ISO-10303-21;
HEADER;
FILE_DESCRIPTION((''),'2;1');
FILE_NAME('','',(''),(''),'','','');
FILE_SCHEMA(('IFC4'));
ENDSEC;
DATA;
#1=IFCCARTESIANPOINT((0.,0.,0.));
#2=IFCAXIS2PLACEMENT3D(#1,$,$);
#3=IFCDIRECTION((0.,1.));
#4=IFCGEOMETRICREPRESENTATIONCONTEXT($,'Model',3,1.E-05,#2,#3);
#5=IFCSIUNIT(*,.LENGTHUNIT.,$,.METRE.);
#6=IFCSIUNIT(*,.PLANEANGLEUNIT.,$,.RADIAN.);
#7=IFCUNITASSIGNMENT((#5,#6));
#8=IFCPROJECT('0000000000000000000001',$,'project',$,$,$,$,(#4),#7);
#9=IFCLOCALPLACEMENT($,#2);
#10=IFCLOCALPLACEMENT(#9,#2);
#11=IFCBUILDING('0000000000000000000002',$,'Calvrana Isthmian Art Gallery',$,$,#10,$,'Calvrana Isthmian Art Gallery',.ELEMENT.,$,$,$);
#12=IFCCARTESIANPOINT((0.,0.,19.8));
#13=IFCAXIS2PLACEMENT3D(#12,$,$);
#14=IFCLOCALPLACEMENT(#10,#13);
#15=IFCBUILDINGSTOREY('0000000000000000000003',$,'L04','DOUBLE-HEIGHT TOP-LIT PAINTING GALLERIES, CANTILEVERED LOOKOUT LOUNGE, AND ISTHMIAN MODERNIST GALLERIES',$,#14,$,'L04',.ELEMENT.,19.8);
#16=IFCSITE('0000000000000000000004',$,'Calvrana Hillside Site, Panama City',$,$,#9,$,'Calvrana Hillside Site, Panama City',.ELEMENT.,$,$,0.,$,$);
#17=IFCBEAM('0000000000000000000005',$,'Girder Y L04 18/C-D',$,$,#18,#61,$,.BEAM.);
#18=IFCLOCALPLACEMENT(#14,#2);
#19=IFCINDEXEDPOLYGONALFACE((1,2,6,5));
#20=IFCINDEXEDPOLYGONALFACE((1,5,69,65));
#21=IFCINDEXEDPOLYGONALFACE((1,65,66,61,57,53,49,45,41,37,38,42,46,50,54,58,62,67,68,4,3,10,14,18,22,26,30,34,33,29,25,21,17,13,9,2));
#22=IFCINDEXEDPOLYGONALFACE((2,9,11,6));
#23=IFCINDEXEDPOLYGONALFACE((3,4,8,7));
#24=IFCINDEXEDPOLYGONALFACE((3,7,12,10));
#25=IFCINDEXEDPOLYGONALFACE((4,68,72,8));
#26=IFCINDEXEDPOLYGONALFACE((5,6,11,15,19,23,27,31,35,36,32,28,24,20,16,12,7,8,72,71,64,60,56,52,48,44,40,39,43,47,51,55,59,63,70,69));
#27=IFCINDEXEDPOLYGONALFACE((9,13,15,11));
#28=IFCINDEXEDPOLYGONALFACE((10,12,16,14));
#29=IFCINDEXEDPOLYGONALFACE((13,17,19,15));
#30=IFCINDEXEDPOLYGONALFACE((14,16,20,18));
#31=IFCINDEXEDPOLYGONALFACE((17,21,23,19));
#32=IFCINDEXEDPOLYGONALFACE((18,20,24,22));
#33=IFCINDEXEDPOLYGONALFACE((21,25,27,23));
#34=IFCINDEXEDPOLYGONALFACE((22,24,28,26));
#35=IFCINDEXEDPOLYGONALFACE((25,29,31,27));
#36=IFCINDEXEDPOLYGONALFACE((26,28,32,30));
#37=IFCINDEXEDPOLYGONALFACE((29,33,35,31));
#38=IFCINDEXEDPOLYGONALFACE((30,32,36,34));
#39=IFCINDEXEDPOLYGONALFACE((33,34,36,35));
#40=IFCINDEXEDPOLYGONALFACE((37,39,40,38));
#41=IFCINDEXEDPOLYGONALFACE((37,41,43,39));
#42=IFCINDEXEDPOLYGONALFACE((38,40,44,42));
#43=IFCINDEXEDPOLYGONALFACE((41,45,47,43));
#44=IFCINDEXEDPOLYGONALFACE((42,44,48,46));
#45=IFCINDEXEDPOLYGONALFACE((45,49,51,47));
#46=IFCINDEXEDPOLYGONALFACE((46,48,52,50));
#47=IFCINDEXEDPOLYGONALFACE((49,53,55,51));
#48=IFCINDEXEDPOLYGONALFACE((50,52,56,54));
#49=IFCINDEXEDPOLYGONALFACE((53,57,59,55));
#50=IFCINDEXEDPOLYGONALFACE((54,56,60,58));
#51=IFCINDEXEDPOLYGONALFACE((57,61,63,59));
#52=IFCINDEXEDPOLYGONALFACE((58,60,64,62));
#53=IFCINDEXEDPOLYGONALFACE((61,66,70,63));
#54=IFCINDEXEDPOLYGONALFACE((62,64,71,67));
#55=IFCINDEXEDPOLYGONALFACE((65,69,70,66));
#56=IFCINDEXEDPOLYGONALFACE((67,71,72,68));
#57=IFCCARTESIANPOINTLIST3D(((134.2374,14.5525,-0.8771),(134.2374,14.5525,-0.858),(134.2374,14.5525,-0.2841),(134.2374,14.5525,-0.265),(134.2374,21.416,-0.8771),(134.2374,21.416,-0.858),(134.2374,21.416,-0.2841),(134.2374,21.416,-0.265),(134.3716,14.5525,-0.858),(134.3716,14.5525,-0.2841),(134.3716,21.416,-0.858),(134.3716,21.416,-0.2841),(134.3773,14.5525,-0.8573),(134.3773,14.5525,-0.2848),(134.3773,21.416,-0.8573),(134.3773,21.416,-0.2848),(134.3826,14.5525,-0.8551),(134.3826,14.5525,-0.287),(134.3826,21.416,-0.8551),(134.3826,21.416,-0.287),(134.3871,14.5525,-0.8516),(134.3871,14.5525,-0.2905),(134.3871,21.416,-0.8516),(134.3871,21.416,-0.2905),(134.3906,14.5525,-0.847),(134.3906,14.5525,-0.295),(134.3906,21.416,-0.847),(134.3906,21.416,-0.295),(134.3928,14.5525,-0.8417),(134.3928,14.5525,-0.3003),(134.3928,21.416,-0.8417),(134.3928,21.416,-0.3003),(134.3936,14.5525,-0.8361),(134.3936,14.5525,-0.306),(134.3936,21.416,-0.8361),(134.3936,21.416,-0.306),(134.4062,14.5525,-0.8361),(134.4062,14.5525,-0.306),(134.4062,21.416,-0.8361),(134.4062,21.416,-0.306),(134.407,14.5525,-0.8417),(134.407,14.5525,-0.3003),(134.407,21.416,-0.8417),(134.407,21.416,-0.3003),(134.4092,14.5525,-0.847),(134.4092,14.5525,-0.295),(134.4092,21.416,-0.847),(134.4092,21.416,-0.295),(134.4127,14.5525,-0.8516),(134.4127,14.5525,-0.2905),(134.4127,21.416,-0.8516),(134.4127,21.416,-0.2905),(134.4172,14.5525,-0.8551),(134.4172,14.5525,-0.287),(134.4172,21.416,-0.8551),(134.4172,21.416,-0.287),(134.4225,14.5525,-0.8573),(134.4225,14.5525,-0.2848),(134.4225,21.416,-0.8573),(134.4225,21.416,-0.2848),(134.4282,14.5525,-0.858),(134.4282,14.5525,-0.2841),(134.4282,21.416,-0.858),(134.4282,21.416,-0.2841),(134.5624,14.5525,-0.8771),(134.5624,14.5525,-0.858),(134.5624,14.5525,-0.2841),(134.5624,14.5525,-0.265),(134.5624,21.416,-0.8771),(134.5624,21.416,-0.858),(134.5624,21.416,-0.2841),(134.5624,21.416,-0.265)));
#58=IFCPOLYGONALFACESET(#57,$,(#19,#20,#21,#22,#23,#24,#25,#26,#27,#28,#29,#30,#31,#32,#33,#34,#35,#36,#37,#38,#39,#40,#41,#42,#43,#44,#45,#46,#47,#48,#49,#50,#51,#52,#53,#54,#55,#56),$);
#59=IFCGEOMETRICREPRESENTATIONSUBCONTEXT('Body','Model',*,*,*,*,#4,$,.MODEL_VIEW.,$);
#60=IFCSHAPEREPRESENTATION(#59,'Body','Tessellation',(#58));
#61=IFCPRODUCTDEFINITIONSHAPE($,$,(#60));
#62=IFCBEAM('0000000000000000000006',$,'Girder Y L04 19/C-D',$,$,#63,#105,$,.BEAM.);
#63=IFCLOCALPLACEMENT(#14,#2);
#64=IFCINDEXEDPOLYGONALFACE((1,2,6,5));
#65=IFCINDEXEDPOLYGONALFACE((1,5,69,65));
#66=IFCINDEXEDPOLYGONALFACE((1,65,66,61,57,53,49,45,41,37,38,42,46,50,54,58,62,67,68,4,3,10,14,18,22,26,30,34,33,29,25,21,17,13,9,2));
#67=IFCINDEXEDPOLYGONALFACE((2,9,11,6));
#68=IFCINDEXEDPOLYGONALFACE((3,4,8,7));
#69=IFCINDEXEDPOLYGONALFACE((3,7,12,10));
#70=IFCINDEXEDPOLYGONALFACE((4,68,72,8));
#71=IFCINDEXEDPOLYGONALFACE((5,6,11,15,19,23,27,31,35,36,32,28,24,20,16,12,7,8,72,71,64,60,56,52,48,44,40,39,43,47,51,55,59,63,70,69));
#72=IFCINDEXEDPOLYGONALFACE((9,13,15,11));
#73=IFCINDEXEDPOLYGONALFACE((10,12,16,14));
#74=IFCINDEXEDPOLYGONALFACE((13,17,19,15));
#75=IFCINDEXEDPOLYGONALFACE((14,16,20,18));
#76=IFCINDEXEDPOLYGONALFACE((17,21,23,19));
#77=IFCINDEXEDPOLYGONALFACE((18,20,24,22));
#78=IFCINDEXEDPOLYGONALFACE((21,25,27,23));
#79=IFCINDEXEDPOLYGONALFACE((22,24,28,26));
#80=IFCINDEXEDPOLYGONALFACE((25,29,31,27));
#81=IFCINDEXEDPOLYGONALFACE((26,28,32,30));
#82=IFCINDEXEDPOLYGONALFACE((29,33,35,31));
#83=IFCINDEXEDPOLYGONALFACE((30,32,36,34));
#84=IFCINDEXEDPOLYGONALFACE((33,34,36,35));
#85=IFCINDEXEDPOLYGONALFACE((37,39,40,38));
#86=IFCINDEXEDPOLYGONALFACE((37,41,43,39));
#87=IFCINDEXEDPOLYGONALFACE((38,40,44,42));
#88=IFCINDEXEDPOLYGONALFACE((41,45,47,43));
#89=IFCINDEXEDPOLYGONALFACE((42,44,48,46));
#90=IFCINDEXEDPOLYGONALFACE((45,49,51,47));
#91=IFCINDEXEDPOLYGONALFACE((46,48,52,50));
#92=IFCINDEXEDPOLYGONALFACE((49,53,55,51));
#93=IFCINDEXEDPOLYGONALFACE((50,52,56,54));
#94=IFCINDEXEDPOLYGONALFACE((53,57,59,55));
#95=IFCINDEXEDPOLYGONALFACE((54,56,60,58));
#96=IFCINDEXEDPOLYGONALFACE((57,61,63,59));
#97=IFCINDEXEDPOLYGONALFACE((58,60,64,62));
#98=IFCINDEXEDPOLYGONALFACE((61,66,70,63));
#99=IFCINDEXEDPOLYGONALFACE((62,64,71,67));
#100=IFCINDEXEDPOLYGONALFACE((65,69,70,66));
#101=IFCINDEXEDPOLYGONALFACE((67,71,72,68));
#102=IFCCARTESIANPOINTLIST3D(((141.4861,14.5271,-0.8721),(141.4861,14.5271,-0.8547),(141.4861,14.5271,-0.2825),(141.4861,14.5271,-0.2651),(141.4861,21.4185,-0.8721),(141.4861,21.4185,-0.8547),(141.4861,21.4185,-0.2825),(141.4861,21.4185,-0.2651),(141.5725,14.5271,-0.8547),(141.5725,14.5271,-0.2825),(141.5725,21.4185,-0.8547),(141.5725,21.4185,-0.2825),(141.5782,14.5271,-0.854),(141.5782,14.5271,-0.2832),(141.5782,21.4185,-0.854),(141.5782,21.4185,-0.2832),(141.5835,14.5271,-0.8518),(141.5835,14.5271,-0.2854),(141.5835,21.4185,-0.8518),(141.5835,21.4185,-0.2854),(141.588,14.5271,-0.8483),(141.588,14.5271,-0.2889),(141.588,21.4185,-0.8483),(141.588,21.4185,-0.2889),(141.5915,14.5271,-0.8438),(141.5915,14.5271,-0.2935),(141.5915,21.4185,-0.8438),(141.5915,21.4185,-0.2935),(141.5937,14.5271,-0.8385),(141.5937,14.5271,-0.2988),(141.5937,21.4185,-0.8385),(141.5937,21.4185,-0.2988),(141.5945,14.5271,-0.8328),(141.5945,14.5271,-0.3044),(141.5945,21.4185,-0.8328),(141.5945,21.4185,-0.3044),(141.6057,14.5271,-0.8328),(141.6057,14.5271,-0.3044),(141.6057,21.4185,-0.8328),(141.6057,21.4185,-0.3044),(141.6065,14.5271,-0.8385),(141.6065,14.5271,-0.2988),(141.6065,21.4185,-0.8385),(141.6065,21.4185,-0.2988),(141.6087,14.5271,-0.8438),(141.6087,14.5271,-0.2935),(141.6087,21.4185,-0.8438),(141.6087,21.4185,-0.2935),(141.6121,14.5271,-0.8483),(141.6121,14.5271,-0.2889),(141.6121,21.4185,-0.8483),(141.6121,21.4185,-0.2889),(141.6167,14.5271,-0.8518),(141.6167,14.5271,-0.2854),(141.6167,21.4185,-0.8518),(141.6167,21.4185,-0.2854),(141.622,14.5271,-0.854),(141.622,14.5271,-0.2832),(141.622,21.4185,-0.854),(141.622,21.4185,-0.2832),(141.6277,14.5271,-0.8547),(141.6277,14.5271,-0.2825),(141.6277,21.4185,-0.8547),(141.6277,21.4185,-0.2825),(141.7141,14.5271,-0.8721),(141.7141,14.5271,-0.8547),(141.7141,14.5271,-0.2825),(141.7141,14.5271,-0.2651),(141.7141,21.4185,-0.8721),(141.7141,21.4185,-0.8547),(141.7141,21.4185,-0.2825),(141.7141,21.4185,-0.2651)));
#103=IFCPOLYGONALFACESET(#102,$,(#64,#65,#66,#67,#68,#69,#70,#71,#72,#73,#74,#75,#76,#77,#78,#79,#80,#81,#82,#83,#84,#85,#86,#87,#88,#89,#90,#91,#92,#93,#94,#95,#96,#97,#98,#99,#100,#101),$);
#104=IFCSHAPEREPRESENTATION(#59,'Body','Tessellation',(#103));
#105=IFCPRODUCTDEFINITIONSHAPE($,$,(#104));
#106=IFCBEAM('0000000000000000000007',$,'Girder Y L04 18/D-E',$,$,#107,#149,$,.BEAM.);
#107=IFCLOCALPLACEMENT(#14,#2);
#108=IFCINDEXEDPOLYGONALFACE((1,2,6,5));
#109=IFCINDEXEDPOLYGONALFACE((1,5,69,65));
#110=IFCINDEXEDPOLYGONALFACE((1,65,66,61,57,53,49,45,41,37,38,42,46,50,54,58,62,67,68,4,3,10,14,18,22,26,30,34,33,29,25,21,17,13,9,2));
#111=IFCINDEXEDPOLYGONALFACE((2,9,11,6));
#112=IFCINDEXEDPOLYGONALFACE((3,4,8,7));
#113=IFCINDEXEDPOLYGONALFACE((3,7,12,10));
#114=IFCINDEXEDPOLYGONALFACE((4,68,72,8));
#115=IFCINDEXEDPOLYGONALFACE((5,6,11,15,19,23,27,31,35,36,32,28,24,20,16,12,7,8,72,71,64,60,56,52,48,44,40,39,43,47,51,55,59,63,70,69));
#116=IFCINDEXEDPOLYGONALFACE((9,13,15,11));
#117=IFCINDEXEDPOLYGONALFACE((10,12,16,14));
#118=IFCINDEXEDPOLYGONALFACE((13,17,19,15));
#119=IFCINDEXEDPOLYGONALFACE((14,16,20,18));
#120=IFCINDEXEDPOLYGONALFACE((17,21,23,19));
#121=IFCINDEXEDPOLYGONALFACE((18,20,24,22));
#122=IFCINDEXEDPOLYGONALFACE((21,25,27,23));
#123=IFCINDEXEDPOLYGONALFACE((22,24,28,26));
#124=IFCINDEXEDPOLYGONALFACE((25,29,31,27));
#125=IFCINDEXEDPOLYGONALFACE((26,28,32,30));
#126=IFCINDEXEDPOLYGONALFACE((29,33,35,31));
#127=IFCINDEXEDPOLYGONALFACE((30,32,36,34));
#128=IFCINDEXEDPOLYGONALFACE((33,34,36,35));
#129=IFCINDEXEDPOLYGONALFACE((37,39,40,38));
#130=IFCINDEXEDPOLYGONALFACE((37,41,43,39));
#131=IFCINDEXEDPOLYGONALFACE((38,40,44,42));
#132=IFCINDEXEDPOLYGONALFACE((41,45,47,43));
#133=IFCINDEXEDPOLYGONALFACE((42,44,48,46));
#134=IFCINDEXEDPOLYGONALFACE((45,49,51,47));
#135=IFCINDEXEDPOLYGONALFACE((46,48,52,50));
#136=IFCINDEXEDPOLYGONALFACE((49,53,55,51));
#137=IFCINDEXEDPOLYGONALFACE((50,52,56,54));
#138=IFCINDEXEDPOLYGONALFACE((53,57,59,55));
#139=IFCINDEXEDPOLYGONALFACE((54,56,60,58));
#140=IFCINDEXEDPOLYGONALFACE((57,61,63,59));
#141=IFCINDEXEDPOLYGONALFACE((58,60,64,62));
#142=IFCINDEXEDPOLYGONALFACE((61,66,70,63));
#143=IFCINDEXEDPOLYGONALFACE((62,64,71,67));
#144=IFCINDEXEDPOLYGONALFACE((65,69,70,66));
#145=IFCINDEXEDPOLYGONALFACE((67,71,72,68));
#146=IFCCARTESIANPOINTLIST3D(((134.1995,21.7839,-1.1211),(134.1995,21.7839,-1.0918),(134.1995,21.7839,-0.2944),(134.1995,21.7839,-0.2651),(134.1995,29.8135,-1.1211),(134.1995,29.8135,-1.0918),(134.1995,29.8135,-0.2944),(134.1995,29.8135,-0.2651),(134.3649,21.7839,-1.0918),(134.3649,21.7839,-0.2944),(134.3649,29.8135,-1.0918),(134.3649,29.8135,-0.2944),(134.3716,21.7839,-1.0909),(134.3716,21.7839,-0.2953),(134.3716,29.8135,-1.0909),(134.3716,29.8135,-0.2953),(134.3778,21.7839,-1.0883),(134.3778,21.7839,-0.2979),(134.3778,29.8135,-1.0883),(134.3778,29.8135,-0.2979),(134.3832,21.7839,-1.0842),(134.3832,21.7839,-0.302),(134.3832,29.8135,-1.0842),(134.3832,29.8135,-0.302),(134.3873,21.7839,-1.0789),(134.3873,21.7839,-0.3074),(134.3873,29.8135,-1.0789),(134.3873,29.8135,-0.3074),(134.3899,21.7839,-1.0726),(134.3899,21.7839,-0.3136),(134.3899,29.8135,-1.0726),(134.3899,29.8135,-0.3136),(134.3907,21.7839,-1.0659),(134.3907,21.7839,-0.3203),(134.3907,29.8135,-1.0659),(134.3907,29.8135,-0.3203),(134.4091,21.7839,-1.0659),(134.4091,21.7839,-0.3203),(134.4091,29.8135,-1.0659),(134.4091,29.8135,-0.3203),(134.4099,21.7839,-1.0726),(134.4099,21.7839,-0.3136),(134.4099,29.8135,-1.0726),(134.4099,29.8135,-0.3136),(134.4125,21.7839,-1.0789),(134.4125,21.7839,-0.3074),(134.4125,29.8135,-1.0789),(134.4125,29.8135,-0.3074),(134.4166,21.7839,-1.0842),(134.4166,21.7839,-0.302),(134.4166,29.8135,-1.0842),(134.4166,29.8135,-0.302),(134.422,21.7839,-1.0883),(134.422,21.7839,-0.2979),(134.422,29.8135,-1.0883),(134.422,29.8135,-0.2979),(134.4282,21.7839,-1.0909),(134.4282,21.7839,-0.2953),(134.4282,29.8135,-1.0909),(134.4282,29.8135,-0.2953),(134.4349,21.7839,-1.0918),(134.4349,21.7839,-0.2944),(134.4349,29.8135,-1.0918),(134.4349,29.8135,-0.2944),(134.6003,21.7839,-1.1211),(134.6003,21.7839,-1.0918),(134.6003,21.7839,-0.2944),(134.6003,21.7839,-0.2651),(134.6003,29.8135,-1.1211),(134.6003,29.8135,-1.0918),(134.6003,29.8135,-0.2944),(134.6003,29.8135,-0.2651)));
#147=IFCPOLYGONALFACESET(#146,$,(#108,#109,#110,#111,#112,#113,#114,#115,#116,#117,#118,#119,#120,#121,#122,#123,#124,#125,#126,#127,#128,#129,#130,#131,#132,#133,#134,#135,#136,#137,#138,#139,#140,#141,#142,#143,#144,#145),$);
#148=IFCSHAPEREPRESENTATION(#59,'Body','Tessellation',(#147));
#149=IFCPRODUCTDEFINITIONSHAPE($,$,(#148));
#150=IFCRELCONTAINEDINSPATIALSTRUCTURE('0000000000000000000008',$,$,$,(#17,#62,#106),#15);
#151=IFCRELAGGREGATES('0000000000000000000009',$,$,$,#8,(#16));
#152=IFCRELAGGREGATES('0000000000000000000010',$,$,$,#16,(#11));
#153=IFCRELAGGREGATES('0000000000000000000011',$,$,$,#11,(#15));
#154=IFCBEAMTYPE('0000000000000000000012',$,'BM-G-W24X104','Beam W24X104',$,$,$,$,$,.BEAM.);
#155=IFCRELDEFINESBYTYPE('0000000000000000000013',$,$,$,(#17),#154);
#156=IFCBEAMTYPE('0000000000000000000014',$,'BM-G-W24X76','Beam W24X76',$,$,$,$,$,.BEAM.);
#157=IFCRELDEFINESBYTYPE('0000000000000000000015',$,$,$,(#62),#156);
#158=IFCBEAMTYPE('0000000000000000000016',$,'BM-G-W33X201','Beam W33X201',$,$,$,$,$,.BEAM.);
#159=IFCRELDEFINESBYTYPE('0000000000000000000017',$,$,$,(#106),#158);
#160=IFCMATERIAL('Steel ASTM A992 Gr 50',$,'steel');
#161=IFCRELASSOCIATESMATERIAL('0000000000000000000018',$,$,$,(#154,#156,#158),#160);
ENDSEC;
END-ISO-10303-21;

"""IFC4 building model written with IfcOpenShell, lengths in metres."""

from ifc_helpers import new_model, si_unit, direction, frame, origin, origin_2d, place, context, subcontext, project, spatial, i_section, extrude, material, material_profile, profile_set, type_object, element, save


model = new_model("IFC4")

# Units and contexts
model_context = context("Model", 3, precision=1e-05, world=origin(), true_north=direction((0.0, 1.0)))
body_context = subcontext(model_context, "Body", "Model", "MODEL_VIEW")
ifc_project = project(units=[si_unit("LENGTHUNIT", "METRE"), si_unit("PLANEANGLEUNIT", "RADIAN")], contexts=[model_context])

# Site, building, storey
site_placement = place(None, origin())
site = spatial("IfcSite", under=ifc_project, at=site_placement, Name="Calvrana Hillside Site, Panama City", LongName="Calvrana Hillside Site, Panama City", CompositionType="ELEMENT", RefElevation=0.0)
building_placement = place(site_placement, origin())
building = spatial("IfcBuilding", under=site, at=building_placement, Name="Calvrana Isthmian Art Gallery", LongName="Calvrana Isthmian Art Gallery", CompositionType="ELEMENT")
storey_placement = place(building_placement, frame((0.0, 0.0, 19.8)))
storey = spatial("IfcBuildingStorey", under=building, at=storey_placement, Name="L04", Description="DOUBLE-HEIGHT TOP-LIT PAINTING GALLERIES, CANTILEVERED LOOKOUT LOUNGE, AND ISTHMIAN MODERNIST GALLERIES", LongName="L04", CompositionType="ELEMENT", Elevation=19.8)

# Shared definitions
ifc_material_1 = material(Name="Steel ASTM A992 Gr 50", Category="steel")

# Beams
ifc_material_profile_1 = material_profile(ifc_material_1, i_section(OverallWidth=0.325, OverallDepth=0.6121, WebThickness=0.0127, FlangeThickness=0.019, FilletRadius=0.022, at=origin_2d()), Name="W24X104")
ifc_profile_set_1 = profile_set([ifc_material_profile_1], Name="Steel ASTM A992 Gr 50")
beam_type_1 = type_object("IfcBeamType", Name="BM-G-W24X104", Description="Beam W24X104", PredefinedType="BEAM", material=ifc_profile_set_1)
beam_1_placement = place(storey_placement, frame((134.3999, 14.5525, -0.571), z_axis=(0.0, 1.0, 0.0), x_axis=(-1.0, 0.0, 0.0)))
element("IfcBeam", 1, at=beam_1_placement, inside=storey, type_object=beam_type_1, Name="Girder Y L04 18/C-D", PredefinedType="BEAM", context=body_context, shape_type="SweptSolid", body=[
    extrude(i_section(OverallWidth=0.325, OverallDepth=0.6121, WebThickness=0.0127, FlangeThickness=0.019, FilletRadius=0.022, at=origin_2d()), origin(), (0.0, 0.0, 1.0), 6.8635),
])
ifc_material_profile_2 = material_profile(ifc_material_1, i_section(OverallWidth=0.228, OverallDepth=0.6069, WebThickness=0.0112, FlangeThickness=0.0173, FilletRadius=0.022, at=origin_2d()), Name="W24X76")
ifc_profile_set_2 = profile_set([ifc_material_profile_2], Name="Steel ASTM A992 Gr 50")
beam_type_2 = type_object("IfcBeamType", Name="BM-G-W24X76", Description="Beam W24X76", PredefinedType="BEAM", material=ifc_profile_set_2)
beam_2_placement = place(storey_placement, frame((141.6001, 14.5271, -0.5686), z_axis=(0.0, 1.0, 0.0), x_axis=(-1.0, 0.0, 0.0)))
element("IfcBeam", 2, at=beam_2_placement, inside=storey, type_object=beam_type_2, Name="Girder Y L04 19/C-D", PredefinedType="BEAM", context=body_context, shape_type="SweptSolid", body=[
    extrude(i_section(OverallWidth=0.228, OverallDepth=0.6069, WebThickness=0.0112, FlangeThickness=0.0173, FilletRadius=0.022, at=origin_2d()), origin(), (0.0, 0.0, 1.0), 6.8914),
])
ifc_material_profile_3 = material_profile(ifc_material_1, i_section(OverallWidth=0.4009, OverallDepth=0.856, WebThickness=0.0183, FlangeThickness=0.0293, FilletRadius=0.0259, at=origin_2d()), Name="W33X201")
ifc_profile_set_3 = profile_set([ifc_material_profile_3], Name="Steel ASTM A992 Gr 50")
beam_type_3 = type_object("IfcBeamType", Name="BM-G-W33X201", Description="Beam W33X201", PredefinedType="BEAM", material=ifc_profile_set_3)
beam_3_placement = place(storey_placement, frame((134.3999, 21.7839, -0.6931), z_axis=(0.0, 1.0, 0.0), x_axis=(-1.0, 0.0, 0.0)))
element("IfcBeam", 3, at=beam_3_placement, inside=storey, type_object=beam_type_3, Name="Girder Y L04 18/D-E", PredefinedType="BEAM", context=body_context, shape_type="SweptSolid", body=[
    extrude(i_section(OverallWidth=0.4009, OverallDepth=0.856, WebThickness=0.0183, FlangeThickness=0.0293, FilletRadius=0.0259, at=origin_2d()), origin(), (0.0, 0.0, 1.0), 8.0295),
])

save(model, "model.ifc")
